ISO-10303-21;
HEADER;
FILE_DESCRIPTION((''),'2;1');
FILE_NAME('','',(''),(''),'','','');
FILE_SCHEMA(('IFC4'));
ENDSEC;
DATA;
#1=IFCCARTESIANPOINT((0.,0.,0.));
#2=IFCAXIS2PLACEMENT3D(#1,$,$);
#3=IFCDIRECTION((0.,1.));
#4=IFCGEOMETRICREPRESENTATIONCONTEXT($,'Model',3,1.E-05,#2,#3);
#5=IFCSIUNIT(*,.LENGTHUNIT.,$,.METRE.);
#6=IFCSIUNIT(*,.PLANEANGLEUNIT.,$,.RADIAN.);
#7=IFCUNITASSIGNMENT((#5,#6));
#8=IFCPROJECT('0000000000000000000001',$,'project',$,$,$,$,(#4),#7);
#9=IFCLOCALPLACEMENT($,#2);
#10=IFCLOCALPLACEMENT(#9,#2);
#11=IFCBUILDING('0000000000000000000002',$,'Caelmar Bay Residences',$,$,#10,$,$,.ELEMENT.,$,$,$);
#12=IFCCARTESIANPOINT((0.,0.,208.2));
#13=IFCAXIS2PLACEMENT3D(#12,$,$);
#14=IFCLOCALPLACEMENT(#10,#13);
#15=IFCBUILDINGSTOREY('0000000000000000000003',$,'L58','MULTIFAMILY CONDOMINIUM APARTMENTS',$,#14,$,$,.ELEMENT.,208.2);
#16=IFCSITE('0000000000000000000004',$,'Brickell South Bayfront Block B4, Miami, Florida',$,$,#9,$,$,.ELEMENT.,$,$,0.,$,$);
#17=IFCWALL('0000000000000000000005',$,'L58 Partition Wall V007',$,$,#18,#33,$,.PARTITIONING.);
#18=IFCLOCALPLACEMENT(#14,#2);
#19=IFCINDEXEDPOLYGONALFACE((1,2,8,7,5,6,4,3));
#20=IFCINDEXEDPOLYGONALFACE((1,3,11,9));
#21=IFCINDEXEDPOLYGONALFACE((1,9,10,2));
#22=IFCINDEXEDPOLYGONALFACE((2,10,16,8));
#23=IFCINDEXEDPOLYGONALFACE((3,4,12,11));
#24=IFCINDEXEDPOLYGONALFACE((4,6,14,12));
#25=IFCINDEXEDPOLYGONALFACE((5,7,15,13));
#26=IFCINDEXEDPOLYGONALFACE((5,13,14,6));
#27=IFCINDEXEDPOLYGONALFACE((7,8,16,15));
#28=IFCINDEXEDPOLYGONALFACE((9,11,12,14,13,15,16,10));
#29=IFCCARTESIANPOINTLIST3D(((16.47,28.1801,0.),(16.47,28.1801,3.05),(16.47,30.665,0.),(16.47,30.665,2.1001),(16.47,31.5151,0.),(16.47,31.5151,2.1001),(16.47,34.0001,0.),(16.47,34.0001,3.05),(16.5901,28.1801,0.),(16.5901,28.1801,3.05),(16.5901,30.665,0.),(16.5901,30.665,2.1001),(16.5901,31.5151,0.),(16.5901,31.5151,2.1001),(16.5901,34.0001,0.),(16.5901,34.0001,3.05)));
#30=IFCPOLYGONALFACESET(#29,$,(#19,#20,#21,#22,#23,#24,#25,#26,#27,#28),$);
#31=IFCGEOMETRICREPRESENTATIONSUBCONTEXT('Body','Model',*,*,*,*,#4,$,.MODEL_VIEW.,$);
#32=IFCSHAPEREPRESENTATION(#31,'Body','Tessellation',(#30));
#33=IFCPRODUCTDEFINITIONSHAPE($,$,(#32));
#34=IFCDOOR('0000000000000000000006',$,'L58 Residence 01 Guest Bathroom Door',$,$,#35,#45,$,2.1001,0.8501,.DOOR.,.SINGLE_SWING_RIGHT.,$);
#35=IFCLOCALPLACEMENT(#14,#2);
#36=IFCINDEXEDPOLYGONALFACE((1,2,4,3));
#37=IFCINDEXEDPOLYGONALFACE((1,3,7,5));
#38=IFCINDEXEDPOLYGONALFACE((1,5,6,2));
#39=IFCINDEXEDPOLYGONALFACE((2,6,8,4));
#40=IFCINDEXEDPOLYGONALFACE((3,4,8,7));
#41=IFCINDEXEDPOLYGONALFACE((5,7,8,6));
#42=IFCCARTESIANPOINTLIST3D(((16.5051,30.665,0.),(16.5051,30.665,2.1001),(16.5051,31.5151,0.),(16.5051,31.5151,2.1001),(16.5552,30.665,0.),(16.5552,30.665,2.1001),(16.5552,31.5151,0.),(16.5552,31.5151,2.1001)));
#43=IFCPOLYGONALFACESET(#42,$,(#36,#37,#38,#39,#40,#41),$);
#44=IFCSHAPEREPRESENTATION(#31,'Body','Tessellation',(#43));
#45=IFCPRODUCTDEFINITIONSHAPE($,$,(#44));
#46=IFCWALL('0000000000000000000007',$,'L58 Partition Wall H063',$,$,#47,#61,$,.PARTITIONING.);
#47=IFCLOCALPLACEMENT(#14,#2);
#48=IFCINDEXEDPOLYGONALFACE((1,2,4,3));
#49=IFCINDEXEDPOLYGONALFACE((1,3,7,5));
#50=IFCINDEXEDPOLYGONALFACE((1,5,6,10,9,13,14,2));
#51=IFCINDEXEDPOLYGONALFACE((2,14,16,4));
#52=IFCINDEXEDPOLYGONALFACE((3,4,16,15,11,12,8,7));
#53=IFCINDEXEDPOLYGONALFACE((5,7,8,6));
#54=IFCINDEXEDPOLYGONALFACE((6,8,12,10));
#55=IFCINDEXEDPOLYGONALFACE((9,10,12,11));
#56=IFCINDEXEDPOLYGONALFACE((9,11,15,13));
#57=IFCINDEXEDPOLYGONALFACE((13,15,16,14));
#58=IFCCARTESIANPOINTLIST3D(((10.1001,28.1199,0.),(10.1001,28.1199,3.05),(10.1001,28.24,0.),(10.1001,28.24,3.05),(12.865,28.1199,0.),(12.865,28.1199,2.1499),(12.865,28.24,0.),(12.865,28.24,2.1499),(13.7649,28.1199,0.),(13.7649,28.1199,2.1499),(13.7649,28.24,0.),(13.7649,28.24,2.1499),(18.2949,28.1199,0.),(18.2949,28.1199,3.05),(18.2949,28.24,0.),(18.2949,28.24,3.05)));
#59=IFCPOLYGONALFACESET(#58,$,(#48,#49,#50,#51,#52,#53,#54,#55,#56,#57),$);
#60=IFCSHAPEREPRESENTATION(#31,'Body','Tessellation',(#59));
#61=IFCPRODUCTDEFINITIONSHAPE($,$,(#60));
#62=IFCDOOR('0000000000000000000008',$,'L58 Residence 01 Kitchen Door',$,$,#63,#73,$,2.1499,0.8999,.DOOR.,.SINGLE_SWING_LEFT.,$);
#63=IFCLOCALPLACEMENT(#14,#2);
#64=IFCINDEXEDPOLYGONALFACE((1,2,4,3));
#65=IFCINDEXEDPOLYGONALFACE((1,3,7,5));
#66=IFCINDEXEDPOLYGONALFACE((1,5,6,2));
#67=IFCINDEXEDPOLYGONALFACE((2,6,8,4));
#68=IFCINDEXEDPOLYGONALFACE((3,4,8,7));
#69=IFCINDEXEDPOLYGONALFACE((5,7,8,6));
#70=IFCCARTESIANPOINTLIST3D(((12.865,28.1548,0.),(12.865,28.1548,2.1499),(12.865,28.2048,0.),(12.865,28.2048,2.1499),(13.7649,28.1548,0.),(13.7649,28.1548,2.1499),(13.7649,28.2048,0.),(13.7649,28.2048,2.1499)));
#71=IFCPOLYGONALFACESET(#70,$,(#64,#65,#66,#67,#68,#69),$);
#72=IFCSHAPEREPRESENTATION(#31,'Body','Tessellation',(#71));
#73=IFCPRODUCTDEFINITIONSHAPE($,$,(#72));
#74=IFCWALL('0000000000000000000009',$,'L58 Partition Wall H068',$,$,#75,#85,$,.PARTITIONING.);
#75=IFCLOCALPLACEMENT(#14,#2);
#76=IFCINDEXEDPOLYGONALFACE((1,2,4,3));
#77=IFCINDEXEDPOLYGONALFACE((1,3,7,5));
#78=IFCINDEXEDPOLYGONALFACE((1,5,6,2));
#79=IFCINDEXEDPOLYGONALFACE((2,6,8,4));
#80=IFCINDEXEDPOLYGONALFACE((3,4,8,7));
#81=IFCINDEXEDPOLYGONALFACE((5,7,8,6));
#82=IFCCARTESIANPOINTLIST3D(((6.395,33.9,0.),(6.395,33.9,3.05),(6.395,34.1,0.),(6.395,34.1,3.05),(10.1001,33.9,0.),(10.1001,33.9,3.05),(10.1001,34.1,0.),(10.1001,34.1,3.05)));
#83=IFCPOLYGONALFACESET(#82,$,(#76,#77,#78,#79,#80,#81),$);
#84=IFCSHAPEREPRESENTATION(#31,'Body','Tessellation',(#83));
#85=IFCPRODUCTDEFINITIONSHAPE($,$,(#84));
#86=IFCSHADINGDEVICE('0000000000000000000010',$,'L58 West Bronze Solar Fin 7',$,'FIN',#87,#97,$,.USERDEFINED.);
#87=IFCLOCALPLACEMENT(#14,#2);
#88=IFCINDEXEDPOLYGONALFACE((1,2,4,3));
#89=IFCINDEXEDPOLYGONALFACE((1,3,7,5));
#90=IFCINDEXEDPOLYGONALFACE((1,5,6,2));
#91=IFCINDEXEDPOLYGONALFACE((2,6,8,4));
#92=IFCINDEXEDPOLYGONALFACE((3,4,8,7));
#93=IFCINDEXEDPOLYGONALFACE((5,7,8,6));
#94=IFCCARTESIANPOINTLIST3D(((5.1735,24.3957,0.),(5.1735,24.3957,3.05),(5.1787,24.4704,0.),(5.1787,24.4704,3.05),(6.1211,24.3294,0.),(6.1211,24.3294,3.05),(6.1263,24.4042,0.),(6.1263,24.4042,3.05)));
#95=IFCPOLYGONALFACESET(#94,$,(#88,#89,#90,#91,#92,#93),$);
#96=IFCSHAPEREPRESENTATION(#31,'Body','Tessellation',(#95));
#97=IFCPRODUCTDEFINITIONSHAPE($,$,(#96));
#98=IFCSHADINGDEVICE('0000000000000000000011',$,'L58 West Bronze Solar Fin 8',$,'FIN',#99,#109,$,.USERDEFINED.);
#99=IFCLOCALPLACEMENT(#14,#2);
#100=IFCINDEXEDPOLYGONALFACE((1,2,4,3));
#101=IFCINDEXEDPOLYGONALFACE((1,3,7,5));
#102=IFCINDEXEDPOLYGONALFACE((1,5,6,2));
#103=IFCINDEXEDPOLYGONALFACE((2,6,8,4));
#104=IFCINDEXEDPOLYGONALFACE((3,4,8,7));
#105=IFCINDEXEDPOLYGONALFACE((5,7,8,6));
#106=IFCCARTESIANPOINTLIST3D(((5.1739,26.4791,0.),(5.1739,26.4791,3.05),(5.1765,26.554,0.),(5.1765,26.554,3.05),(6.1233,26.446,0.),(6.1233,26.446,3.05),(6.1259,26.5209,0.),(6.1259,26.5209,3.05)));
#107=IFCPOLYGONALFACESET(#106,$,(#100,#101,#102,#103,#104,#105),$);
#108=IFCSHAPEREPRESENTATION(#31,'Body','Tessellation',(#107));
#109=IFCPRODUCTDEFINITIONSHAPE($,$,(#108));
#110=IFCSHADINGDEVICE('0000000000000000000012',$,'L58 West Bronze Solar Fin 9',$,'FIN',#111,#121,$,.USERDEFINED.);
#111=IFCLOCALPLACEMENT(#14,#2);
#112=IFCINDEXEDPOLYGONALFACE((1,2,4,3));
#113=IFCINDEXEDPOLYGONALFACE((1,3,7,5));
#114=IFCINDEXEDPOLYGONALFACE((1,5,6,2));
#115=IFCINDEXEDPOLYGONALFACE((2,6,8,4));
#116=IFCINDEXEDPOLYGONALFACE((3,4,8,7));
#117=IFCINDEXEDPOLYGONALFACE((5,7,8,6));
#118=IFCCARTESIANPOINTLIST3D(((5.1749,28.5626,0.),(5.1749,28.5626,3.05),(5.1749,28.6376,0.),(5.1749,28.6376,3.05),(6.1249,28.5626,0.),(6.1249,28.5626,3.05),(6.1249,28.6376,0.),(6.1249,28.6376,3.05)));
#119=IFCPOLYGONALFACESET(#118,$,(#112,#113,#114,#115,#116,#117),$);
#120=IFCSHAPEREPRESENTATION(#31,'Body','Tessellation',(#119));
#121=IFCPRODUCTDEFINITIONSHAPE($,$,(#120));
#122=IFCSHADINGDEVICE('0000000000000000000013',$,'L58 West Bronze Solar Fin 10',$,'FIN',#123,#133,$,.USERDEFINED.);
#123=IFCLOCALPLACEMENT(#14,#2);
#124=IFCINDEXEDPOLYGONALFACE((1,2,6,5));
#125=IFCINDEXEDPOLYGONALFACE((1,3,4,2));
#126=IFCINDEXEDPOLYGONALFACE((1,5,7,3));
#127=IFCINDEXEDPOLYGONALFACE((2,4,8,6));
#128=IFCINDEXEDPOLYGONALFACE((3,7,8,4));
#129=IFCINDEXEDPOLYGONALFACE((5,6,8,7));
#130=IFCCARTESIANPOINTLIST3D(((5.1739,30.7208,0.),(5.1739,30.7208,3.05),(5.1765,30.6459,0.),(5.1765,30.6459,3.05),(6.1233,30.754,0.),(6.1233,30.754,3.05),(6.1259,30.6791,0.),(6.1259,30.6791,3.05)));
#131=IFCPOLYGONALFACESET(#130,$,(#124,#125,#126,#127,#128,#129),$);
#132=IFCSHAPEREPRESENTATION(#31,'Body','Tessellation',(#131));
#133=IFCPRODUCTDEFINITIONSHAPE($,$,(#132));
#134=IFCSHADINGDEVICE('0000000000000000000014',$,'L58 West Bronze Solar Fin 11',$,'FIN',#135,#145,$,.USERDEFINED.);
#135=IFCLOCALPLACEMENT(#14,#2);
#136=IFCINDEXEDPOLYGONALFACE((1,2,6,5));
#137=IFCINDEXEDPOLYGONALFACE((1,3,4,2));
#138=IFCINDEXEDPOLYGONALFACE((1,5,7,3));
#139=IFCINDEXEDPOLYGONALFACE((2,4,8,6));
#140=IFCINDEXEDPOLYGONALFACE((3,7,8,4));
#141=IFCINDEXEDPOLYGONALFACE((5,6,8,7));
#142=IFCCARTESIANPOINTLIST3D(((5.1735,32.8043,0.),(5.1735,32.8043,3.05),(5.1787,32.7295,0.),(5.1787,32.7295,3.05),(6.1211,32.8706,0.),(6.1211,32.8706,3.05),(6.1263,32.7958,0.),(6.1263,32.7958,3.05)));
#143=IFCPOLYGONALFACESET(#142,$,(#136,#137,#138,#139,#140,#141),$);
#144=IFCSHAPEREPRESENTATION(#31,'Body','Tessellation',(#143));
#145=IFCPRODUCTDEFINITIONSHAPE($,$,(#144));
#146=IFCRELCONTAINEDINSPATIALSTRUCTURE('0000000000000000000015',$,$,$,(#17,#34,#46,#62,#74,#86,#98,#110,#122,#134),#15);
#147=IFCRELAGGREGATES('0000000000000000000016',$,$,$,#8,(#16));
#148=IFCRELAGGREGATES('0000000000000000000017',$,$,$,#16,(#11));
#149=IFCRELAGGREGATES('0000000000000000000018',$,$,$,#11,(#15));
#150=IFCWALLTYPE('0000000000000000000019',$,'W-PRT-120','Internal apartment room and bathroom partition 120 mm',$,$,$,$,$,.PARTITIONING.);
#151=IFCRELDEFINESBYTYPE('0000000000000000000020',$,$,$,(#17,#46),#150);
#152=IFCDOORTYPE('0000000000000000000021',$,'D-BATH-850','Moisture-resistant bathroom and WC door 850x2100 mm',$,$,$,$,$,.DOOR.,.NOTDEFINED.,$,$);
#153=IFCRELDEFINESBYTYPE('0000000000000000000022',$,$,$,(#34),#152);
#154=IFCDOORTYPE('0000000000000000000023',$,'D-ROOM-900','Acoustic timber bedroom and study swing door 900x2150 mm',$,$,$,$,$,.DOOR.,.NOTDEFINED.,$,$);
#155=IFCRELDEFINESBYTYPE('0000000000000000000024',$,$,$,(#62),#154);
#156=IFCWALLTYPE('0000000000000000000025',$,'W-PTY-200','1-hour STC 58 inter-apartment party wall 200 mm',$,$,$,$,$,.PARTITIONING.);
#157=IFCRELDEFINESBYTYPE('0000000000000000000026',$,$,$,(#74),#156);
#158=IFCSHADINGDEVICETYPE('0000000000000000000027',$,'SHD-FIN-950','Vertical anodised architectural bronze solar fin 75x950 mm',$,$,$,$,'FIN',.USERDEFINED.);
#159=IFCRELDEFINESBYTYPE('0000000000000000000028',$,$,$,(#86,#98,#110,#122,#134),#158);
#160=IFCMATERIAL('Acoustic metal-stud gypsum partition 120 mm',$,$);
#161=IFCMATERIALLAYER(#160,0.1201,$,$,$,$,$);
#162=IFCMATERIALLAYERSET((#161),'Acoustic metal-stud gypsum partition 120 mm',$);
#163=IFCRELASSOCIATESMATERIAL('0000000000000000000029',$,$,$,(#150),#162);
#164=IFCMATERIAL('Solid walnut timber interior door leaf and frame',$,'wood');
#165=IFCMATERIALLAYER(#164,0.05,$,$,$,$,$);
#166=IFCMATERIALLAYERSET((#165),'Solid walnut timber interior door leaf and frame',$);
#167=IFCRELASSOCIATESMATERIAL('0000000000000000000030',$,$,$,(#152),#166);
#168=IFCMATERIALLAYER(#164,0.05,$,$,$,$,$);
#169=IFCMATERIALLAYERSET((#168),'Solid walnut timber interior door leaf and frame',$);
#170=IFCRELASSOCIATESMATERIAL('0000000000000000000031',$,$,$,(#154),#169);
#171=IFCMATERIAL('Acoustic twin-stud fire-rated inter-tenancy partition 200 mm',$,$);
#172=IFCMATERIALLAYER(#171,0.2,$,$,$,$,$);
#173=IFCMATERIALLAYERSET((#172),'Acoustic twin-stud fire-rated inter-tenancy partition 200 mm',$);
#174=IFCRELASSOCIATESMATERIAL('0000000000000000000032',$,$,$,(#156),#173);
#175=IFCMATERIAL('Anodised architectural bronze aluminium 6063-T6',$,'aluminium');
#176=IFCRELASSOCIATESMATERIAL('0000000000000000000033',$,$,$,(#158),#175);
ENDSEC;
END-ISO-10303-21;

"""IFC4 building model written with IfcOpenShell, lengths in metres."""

from ifc_helpers import new_model, si_unit, direction, frame, frame_2d, origin, origin_2d, place, context, subcontext, project, spatial, rectangle, extrude, material, layer, layer_set, material_profile, profile_set, type_object, element, fill, save


model = new_model("IFC4")

# Units and contexts
model_context = context("Model", 3, precision=1e-05, world=origin(), true_north=direction((0.0, 1.0)))
body_context = subcontext(model_context, "Body", "Model", "MODEL_VIEW")
ifc_project = project(units=[si_unit("LENGTHUNIT", "METRE"), si_unit("PLANEANGLEUNIT", "RADIAN")], contexts=[model_context])

# Site, building, storey
site_placement = place(None, origin())
site = spatial("IfcSite", under=ifc_project, at=site_placement, Name="Brickell South Bayfront Block B4, Miami, Florida", CompositionType="ELEMENT", RefElevation=0.0)
building_placement = place(site_placement, origin())
building = spatial("IfcBuilding", under=site, at=building_placement, Name="Caelmar Bay Residences", CompositionType="ELEMENT")
storey_placement = place(building_placement, frame((0.0, 0.0, 208.2)))
storey = spatial("IfcBuildingStorey", under=building, at=storey_placement, Name="L58", Description="MULTIFAMILY CONDOMINIUM APARTMENTS", CompositionType="ELEMENT", Elevation=208.2)

# Walls, openings, doors
ifc_material_1 = material(Name="Acoustic metal-stud gypsum partition 120 mm")
ifc_layer_1 = layer(ifc_material_1, 0.1201)
ifc_layer_set_1 = layer_set([ifc_layer_1], Name="Acoustic metal-stud gypsum partition 120 mm")
wall_type_1 = type_object("IfcWallType", Name="W-PRT-120", Description="Internal apartment room and bathroom partition 120 mm", PredefinedType="PARTITIONING", material=ifc_layer_set_1)
wall_1_placement = place(storey_placement, frame((16.53, 28.1799, 0.0), z_axis=(0.0, 0.0, 1.0), x_axis=(0.0, 1.0, 0.0)))
wall_1 = element("IfcWall", 1, at=wall_1_placement, inside=storey, type_object=wall_type_1, Name="L58 Partition Wall V007", PredefinedType="PARTITIONING", context=body_context, shape_type="SweptSolid", body=[
    extrude(rectangle(XDim=5.8201, YDim=0.1201, at=frame_2d((2.9102, 0.0))), origin(), (0.0, 0.0, 1.0), 3.05),
])
opening_1_placement = place(wall_1_placement, frame((2.4851, 0.0, 0.0)))
opening_1 = element("IfcOpeningElement", 2, at=opening_1_placement, cuts=wall_1, PredefinedType="OPENING", context=body_context, shape_type="SweptSolid", body=[
    extrude(rectangle(XDim=0.8501, YDim=2.1001, at=frame_2d((0.425, 1.05))), frame((0.0, 0.0701, 0.0), z_axis=(0.0, -1.0, 0.0), x_axis=(1.0, 0.0, 0.0)), (0.0, 0.0, 1.0), 0.1401),
])
ifc_material_2 = material(Name="Solid walnut timber interior door leaf and frame", Category="wood")
ifc_layer_2 = layer(ifc_material_2, 0.05)
ifc_layer_set_2 = layer_set([ifc_layer_2], Name="Solid walnut timber interior door leaf and frame")
door_type_1 = type_object("IfcDoorType", Name="D-BATH-850", Description="Moisture-resistant bathroom and WC door 850x2100 mm", OperationType="NOTDEFINED", PredefinedType="DOOR", material=ifc_layer_set_2)
door_1_placement = place(opening_1_placement, origin())
door_1 = element("IfcDoor", 3, at=door_1_placement, inside=storey, type_object=door_type_1, Name="L58 Residence 01 Guest Bathroom Door", OperationType="SINGLE_SWING_RIGHT", OverallHeight=2.1001, OverallWidth=0.8501, PredefinedType="DOOR", context=body_context, shape_type="SweptSolid", body=[
    extrude(rectangle(XDim=0.8501, YDim=2.1001, at=frame_2d((0.425, 1.05))), frame((0.0, 0.0249, 0.0), z_axis=(0.0, -1.0, 0.0), x_axis=(1.0, 0.0, 0.0)), (0.0, 0.0, 1.0), 0.05),
])
fill(opening_1, door_1)
wall_2_placement = place(storey_placement, frame((10.1001, 28.1799, 0.0), z_axis=(0.0, 0.0, 1.0), x_axis=(1.0, 0.0, 0.0)))
wall_2 = element("IfcWall", 4, at=wall_2_placement, inside=storey, type_object=wall_type_1, Name="L58 Partition Wall H063", PredefinedType="PARTITIONING", context=body_context, shape_type="SweptSolid", body=[
    extrude(rectangle(XDim=8.1948, YDim=0.1201, at=frame_2d((4.0974, 0.0))), origin(), (0.0, 0.0, 1.0), 3.05),
])
opening_2_placement = place(wall_2_placement, frame((2.7649, 0.0, 0.0)))
opening_2 = element("IfcOpeningElement", 5, at=opening_2_placement, cuts=wall_2, PredefinedType="OPENING", context=body_context, shape_type="SweptSolid", body=[
    extrude(rectangle(XDim=0.8999, YDim=2.1499, at=frame_2d((0.45, 1.075))), frame((0.0, 0.0701, 0.0), z_axis=(0.0, -1.0, 0.0), x_axis=(1.0, 0.0, 0.0)), (0.0, 0.0, 1.0), 0.1401),
])
ifc_layer_3 = layer(ifc_material_2, 0.05)
ifc_layer_set_3 = layer_set([ifc_layer_3], Name="Solid walnut timber interior door leaf and frame")
door_type_2 = type_object("IfcDoorType", Name="D-ROOM-900", Description="Acoustic timber bedroom and study swing door 900x2150 mm", OperationType="NOTDEFINED", PredefinedType="DOOR", material=ifc_layer_set_3)
door_2_placement = place(opening_2_placement, origin())
door_2 = element("IfcDoor", 6, at=door_2_placement, inside=storey, type_object=door_type_2, Name="L58 Residence 01 Kitchen Door", OperationType="SINGLE_SWING_LEFT", OverallHeight=2.1499, OverallWidth=0.8999, PredefinedType="DOOR", context=body_context, shape_type="SweptSolid", body=[
    extrude(rectangle(XDim=0.8999, YDim=2.1499, at=frame_2d((0.45, 1.075))), frame((0.0, 0.0249, 0.0), z_axis=(0.0, -1.0, 0.0), x_axis=(1.0, 0.0, 0.0)), (0.0, 0.0, 1.0), 0.05),
])
fill(opening_2, door_2)

# Wall
ifc_material_3 = material(Name="Acoustic twin-stud fire-rated inter-tenancy partition 200 mm")
ifc_layer_4 = layer(ifc_material_3, 0.2)
ifc_layer_set_4 = layer_set([ifc_layer_4], Name="Acoustic twin-stud fire-rated inter-tenancy partition 200 mm")
wall_type_2 = type_object("IfcWallType", Name="W-PTY-200", Description="1-hour STC 58 inter-apartment party wall 200 mm", PredefinedType="PARTITIONING", material=ifc_layer_set_4)
wall_3_placement = place(storey_placement, frame((6.395, 34.0, 0.0), z_axis=(0.0, 0.0, 1.0), x_axis=(1.0, 0.0, 0.0)))
element("IfcWall", 7, at=wall_3_placement, inside=storey, type_object=wall_type_2, Name="L58 Partition Wall H068", PredefinedType="PARTITIONING", context=body_context, shape_type="SweptSolid", body=[
    extrude(rectangle(XDim=3.7051, YDim=0.2, at=frame_2d((1.8525, 0.0))), origin(), (0.0, 0.0, 1.0), 3.05),
])

# Shading devices
ifc_material_4 = material(Name="Anodised architectural bronze aluminium 6063-T6", Category="aluminium")
ifc_material_profile_1 = material_profile(ifc_material_4, rectangle(XDim=0.075, YDim=0.95, at=origin_2d()), Name="BRONZE-FIN-75X950")
ifc_profile_set_1 = profile_set([ifc_material_profile_1], Name="Anodised architectural bronze aluminium 6063-T6")
shading_device_type = type_object("IfcShadingDeviceType", Name="SHD-FIN-950", Description="Vertical anodised architectural bronze solar fin 75x950 mm", ElementType="FIN", PredefinedType="USERDEFINED", material=ifc_profile_set_1)
for number, where, z_axis, x_axis, name in (
    (8, (5.6499, 24.3999, 0.0), (0.0, 0.0, 1.0), (0.069756, 0.997564, 0.0), "L58 West Bronze Solar Fin 7"),
    (9, (5.6499, 26.5, 0.0), (0.0, 0.0, 1.0), (0.034899, 0.999391, 0.0), "L58 West Bronze Solar Fin 8"),
    (10, (5.6499, 28.6001, 0.0), (0.0, 0.0, 1.0), (0.0, 1.0, 0.0), "L58 West Bronze Solar Fin 9"),
    (11, (5.6499, 30.7, 0.0), (0.0, 0.0, 1.0), (-0.034899, 0.999391, 0.0), "L58 West Bronze Solar Fin 10"),
    (12, (5.6499, 32.8, 0.0), (0.0, 0.0, 1.0), (-0.069756, 0.997564, 0.0), "L58 West Bronze Solar Fin 11"),
):
    element("IfcShadingDevice", number, at=place(storey_placement, frame(where, z_axis=z_axis, x_axis=x_axis)), inside=storey, type_object=shading_device_type, Name=name, ObjectType="FIN", PredefinedType="USERDEFINED", context=body_context, shape_type="SweptSolid", body=[
        extrude(rectangle(XDim=0.075, YDim=0.95, at=origin_2d()), origin(), (0.0, 0.0, 1.0), 3.05),
    ])

save(model, "model.ifc")
